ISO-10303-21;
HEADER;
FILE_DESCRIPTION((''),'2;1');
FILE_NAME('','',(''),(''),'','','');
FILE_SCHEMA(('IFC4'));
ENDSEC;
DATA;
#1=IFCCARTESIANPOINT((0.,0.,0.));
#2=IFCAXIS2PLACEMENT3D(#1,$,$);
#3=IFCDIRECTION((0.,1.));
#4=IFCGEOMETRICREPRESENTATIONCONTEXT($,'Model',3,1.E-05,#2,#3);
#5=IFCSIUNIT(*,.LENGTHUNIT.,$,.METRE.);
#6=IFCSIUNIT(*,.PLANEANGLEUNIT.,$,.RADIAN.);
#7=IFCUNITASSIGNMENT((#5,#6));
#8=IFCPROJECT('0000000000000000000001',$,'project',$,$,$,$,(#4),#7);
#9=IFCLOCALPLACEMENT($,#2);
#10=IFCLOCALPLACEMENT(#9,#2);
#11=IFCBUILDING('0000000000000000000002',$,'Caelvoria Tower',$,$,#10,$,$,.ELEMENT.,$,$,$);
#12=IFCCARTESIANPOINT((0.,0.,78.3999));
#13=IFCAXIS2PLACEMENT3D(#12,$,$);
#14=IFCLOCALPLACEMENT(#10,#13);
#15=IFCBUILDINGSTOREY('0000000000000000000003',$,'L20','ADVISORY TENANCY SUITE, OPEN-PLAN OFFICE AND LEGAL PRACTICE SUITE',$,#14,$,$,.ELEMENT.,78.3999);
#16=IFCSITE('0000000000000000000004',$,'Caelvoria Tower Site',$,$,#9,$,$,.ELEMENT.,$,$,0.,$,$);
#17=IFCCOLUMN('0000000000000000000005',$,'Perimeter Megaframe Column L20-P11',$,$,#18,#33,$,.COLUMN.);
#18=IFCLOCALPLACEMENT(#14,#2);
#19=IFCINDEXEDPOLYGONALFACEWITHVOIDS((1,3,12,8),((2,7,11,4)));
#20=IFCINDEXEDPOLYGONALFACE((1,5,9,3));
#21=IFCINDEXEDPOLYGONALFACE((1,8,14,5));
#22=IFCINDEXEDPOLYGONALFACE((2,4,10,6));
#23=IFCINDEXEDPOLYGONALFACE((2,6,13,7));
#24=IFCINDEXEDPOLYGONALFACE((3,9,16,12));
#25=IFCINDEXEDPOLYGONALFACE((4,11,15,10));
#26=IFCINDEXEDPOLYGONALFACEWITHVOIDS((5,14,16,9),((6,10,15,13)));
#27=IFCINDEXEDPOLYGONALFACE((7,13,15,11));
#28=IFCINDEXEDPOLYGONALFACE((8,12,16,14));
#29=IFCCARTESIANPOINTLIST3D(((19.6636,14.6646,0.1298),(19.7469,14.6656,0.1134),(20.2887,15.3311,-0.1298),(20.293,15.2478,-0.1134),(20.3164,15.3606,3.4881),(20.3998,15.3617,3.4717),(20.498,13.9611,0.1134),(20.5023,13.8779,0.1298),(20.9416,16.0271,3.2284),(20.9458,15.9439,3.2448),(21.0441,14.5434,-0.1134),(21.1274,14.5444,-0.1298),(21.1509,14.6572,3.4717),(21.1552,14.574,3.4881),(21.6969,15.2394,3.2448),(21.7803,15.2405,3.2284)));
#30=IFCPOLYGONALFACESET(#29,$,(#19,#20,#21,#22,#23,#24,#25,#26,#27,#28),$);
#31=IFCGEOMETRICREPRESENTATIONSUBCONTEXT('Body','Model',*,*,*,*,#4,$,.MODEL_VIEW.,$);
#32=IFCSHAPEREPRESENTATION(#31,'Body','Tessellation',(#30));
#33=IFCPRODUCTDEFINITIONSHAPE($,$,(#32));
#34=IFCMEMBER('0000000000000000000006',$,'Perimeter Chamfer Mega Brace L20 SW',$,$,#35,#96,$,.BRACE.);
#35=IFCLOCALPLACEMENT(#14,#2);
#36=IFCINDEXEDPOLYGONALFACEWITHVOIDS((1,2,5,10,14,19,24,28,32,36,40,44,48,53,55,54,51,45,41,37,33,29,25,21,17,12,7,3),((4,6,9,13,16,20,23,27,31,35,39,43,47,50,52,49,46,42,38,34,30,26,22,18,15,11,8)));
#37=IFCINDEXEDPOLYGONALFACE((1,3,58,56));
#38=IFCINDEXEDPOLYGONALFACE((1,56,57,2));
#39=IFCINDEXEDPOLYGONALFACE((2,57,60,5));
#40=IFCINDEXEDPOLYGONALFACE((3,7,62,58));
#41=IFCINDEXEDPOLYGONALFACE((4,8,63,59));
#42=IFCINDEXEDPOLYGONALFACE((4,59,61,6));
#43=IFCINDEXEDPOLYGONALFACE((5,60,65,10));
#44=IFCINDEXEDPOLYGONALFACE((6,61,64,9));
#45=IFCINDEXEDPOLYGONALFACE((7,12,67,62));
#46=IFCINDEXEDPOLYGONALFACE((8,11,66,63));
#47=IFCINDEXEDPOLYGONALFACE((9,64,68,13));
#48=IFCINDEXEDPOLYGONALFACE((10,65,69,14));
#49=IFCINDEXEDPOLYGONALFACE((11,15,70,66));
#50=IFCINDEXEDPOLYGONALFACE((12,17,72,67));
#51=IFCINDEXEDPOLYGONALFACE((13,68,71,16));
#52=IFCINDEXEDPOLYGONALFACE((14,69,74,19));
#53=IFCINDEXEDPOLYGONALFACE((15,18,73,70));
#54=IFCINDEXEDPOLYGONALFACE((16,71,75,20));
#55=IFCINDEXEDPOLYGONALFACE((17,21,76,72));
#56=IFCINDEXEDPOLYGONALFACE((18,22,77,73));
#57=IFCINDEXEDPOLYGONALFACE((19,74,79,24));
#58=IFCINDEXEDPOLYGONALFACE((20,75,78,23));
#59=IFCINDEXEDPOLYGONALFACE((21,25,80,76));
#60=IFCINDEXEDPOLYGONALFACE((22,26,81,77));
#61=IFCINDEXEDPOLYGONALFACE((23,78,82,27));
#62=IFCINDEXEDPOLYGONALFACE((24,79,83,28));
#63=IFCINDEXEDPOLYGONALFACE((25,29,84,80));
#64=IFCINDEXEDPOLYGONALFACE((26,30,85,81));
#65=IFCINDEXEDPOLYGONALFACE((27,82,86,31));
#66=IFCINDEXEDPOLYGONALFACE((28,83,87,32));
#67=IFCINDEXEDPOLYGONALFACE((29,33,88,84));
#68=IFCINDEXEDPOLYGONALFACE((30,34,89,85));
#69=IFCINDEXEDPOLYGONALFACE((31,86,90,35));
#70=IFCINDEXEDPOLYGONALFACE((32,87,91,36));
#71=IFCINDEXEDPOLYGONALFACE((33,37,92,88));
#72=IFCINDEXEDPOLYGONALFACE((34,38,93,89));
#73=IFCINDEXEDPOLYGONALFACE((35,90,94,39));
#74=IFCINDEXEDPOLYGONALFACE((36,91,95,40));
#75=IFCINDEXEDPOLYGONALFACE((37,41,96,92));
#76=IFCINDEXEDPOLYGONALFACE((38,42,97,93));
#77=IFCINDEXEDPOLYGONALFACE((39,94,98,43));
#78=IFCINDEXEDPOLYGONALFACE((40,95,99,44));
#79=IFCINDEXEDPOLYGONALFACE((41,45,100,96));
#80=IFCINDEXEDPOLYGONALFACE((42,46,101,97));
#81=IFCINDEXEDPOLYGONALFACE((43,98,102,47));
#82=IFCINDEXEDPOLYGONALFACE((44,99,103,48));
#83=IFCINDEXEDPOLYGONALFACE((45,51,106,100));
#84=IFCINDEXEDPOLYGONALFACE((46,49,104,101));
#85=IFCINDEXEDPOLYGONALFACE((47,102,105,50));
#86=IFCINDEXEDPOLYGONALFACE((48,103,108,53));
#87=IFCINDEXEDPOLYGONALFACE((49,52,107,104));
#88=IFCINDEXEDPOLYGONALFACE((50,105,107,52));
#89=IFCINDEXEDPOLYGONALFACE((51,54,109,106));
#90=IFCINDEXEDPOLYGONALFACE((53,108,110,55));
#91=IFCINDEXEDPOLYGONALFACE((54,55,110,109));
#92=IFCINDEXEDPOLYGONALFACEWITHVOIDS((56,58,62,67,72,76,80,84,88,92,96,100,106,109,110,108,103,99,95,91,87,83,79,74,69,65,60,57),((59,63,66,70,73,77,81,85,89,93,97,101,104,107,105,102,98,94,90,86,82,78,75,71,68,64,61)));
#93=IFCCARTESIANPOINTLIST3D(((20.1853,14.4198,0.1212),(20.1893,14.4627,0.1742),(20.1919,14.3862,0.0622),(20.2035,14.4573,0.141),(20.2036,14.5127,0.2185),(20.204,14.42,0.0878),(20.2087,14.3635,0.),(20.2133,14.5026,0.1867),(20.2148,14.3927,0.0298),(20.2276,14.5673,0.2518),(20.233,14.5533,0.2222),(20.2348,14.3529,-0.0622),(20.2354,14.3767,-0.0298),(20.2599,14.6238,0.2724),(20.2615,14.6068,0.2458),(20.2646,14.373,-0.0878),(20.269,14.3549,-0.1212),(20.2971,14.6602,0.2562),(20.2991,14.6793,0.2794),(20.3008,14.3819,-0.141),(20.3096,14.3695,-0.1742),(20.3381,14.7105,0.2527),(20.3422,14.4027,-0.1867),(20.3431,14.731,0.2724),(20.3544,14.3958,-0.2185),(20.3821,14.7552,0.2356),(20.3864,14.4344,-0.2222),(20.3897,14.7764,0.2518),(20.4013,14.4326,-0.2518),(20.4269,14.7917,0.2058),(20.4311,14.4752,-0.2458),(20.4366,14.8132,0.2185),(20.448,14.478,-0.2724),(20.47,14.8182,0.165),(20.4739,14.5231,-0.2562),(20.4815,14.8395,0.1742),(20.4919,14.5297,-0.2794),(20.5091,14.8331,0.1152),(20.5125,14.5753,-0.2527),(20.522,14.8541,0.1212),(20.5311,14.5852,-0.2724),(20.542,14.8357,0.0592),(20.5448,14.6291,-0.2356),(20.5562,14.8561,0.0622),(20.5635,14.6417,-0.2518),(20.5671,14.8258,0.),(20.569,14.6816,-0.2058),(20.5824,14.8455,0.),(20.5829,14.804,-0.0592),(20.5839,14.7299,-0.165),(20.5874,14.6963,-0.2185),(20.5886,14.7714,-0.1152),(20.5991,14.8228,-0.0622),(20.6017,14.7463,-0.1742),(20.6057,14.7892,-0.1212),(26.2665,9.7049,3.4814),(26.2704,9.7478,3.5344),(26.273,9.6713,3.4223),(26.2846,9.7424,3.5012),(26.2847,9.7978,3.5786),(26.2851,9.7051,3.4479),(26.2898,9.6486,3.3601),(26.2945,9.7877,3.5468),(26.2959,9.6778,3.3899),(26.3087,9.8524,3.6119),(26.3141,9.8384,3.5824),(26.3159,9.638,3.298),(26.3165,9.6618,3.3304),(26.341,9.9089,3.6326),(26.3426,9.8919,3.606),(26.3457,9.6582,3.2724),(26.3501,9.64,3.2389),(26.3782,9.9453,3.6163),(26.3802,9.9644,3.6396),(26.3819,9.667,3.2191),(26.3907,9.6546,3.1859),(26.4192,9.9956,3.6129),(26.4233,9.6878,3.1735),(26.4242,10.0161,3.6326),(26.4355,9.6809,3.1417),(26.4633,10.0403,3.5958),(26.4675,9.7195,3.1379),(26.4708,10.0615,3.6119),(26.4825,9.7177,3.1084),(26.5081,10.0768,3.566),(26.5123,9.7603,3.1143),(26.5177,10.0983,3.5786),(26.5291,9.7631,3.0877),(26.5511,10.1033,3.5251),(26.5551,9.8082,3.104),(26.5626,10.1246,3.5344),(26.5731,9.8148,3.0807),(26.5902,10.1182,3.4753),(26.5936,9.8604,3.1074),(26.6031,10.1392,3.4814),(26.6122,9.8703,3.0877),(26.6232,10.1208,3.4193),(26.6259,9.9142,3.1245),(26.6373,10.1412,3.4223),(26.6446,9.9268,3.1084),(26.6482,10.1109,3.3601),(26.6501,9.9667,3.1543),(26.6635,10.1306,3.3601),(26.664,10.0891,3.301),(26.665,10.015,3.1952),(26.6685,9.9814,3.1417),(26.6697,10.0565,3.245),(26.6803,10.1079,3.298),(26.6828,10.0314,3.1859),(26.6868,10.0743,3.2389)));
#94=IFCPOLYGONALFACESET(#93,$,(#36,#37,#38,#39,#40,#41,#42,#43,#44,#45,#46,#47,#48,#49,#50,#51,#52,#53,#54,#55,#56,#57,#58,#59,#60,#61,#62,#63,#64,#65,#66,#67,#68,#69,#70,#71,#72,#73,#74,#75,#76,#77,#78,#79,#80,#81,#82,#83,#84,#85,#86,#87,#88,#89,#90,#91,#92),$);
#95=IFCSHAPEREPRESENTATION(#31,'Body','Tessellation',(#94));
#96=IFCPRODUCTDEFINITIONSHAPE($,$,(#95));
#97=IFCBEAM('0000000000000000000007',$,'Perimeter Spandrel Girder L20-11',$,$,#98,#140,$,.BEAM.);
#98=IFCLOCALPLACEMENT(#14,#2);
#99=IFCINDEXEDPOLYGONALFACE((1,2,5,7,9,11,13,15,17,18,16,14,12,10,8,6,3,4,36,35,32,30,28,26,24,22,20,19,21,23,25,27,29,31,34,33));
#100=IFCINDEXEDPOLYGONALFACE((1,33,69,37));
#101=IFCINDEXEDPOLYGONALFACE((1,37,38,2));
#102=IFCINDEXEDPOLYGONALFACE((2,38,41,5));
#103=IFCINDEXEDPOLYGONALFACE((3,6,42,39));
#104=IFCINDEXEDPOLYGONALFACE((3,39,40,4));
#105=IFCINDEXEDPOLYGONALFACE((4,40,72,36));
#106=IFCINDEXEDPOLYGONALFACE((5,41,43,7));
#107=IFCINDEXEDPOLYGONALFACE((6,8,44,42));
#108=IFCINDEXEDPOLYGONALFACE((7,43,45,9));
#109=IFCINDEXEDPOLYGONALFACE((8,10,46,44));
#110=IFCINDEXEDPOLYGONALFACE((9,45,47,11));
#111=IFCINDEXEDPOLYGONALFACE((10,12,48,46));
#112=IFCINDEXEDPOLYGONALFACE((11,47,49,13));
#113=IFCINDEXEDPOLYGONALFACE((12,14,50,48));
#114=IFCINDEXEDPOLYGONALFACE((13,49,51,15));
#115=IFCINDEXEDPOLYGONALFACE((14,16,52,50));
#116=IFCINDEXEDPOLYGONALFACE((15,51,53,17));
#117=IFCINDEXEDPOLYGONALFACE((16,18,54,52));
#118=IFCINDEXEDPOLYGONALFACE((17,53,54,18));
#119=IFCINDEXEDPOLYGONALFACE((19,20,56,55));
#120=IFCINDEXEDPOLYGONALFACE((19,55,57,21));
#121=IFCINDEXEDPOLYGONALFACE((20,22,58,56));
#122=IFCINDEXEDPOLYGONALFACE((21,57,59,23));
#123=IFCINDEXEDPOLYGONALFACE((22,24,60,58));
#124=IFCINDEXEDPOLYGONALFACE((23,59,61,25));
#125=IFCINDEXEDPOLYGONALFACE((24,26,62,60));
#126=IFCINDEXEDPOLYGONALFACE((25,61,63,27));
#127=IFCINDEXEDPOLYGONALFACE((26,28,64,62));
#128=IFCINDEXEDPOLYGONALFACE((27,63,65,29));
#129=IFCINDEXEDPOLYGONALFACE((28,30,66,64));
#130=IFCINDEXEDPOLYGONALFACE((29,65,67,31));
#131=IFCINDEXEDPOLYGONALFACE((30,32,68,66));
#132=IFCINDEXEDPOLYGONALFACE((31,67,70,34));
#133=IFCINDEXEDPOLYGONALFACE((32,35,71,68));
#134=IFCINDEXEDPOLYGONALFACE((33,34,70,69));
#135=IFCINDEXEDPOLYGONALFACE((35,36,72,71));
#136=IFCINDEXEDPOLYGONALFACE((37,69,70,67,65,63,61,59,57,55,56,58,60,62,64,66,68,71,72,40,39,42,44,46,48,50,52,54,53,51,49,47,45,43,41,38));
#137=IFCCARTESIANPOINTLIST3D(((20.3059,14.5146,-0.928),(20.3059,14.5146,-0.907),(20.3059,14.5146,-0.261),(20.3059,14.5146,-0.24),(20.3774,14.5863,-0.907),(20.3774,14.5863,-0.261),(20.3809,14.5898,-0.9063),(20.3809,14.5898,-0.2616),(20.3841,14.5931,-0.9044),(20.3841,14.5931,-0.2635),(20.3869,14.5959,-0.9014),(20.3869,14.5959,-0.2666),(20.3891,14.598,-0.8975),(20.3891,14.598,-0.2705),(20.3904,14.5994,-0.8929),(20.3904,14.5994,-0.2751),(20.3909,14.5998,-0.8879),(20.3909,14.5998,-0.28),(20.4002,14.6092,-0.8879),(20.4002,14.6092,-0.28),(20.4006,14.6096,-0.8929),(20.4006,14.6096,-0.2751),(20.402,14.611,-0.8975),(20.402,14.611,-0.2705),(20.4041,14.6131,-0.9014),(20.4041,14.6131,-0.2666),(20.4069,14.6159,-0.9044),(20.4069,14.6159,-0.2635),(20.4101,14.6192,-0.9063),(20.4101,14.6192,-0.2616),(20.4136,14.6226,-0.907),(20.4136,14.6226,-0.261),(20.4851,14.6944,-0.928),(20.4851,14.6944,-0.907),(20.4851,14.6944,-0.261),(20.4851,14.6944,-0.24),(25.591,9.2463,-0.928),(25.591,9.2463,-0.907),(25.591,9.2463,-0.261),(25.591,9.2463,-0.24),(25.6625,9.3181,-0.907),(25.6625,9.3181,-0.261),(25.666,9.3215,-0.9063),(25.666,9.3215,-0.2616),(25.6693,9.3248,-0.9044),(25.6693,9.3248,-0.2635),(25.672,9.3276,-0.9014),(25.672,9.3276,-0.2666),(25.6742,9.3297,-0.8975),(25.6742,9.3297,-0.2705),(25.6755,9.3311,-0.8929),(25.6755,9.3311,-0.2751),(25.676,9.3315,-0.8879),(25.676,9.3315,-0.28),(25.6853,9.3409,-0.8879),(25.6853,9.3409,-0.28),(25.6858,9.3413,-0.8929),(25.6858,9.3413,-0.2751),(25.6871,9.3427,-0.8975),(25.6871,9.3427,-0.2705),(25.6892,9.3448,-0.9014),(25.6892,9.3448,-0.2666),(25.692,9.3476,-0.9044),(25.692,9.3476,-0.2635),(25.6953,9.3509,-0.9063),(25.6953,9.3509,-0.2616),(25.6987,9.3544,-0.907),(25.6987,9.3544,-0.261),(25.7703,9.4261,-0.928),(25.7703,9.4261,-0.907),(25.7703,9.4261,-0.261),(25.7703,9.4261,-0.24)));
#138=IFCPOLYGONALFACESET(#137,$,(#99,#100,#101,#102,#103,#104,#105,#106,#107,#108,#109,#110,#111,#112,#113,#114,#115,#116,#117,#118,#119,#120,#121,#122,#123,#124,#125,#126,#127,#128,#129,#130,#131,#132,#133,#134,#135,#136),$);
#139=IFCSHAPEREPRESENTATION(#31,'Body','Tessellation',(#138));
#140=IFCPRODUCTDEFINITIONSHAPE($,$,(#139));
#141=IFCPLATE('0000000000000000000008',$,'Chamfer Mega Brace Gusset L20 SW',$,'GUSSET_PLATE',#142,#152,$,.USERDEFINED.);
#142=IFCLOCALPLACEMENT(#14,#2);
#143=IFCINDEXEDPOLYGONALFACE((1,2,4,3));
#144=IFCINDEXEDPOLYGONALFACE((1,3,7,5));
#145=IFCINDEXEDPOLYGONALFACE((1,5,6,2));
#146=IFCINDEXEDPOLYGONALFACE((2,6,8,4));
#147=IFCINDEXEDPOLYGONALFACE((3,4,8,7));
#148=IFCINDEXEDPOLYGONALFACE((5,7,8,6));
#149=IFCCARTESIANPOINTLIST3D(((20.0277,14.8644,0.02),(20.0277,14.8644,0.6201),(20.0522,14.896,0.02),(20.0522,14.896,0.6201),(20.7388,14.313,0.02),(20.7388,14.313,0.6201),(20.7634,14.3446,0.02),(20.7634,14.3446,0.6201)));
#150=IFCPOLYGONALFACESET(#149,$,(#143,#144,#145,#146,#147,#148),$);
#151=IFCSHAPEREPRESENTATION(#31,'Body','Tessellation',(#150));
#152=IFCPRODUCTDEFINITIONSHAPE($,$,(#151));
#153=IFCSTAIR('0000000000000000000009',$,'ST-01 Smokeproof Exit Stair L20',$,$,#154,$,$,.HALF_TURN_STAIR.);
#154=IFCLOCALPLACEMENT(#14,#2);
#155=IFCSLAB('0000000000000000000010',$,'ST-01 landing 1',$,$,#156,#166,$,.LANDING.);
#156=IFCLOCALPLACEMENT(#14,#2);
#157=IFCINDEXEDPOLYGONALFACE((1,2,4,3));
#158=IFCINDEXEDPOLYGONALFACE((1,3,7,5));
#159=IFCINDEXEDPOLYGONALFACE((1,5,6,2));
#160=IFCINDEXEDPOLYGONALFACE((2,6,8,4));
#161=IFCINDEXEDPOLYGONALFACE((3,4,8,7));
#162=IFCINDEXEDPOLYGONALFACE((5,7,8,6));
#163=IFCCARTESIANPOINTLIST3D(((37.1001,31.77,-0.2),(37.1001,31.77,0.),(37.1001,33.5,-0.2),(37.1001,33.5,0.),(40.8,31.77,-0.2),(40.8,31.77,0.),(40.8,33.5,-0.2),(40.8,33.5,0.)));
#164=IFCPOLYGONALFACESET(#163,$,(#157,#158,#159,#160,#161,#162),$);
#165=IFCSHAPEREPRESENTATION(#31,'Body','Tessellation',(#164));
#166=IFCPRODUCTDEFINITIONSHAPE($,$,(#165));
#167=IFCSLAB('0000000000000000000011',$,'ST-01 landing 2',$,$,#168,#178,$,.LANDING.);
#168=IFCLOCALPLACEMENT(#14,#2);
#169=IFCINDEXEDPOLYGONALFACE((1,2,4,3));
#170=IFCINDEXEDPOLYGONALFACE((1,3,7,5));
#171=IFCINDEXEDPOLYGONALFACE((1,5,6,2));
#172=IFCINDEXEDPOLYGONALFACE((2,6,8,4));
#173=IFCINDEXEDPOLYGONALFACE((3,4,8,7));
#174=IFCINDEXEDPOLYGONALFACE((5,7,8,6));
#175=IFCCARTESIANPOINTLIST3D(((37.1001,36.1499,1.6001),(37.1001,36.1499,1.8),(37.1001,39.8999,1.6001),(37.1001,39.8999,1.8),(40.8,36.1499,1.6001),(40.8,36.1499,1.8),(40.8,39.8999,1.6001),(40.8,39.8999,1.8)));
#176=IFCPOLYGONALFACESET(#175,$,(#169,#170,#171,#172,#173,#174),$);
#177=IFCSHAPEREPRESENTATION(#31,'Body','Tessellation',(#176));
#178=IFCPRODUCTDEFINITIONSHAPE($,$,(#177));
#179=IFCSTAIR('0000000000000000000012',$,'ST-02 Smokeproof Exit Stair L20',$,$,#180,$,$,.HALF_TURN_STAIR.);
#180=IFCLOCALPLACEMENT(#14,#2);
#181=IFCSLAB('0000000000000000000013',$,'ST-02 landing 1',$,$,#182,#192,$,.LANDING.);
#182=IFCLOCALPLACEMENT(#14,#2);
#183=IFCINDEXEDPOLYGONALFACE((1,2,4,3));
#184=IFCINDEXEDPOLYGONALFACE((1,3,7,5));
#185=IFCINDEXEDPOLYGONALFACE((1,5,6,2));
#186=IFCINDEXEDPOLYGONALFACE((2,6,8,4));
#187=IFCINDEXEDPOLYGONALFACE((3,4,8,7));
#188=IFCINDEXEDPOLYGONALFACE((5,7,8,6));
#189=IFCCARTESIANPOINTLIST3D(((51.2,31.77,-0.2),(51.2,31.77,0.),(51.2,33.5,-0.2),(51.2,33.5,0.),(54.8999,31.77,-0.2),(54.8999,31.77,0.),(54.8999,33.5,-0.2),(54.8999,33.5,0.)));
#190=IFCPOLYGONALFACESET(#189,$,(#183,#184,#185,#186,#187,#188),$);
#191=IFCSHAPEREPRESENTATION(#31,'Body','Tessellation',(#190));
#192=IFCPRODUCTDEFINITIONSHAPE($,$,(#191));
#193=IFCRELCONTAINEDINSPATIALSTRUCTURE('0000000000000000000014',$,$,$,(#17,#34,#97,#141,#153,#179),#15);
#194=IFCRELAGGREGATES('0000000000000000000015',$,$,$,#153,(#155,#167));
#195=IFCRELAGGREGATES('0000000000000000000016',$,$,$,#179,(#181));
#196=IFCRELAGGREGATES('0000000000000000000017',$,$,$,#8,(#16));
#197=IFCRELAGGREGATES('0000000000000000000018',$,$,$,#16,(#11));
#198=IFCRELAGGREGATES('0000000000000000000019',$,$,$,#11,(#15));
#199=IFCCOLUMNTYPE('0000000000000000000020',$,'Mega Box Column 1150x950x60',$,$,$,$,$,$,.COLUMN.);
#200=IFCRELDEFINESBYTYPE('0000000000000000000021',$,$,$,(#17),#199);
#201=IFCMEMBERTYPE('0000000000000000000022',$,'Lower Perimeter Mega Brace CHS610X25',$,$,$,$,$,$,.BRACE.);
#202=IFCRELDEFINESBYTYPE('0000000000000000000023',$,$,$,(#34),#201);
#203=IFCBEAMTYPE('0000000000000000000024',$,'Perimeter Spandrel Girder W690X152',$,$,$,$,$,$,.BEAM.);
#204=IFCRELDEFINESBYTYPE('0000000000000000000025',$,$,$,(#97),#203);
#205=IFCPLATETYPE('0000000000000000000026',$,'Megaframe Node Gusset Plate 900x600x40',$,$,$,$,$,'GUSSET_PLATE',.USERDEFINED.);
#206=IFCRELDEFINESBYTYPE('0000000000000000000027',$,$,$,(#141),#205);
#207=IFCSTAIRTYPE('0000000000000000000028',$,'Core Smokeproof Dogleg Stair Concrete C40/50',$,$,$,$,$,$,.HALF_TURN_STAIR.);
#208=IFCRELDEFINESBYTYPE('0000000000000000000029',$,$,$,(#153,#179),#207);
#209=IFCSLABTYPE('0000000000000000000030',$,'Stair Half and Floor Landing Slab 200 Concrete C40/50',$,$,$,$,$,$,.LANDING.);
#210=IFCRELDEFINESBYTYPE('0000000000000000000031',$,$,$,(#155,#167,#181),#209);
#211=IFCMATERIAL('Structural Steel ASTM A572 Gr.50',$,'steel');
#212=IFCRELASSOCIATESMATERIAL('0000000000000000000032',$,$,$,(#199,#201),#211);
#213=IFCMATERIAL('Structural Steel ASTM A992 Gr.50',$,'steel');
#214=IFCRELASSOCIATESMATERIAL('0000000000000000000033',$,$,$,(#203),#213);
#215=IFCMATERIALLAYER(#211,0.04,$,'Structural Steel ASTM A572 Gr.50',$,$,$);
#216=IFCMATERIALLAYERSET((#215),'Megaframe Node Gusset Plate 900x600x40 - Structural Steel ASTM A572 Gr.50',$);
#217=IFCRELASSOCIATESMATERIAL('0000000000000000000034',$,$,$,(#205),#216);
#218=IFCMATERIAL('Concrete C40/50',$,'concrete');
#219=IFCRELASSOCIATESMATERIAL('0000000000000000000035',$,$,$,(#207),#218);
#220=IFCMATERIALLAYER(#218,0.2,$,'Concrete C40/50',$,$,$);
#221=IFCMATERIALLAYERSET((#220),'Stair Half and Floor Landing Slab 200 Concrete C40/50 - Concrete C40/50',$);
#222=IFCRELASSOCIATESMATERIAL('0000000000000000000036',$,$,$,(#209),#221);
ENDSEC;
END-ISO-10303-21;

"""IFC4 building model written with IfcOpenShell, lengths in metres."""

from ifc_helpers import new_model, si_unit, direction, frame, origin, origin_2d, place, context, subcontext, project, spatial, polyline, rectangle, hollow_rectangle, hollow_circle, i_section, outline, extrude, material, layer, layer_set, material_profile, profile_set, type_object, element, aggregate, save


model = new_model("IFC4")

# Units and contexts
model_context = context("Model", 3, precision=1e-05, world=origin(), true_north=direction((0.0, 1.0)))
body_context = subcontext(model_context, "Body", "Model", "MODEL_VIEW")
ifc_project = project(units=[si_unit("LENGTHUNIT", "METRE"), si_unit("PLANEANGLEUNIT", "RADIAN")], contexts=[model_context])

# Site, building, storey
site_placement = place(None, origin())
site = spatial("IfcSite", under=ifc_project, at=site_placement, Name="Caelvoria Tower Site", CompositionType="ELEMENT", RefElevation=0.0)
building_placement = place(site_placement, origin())
building = spatial("IfcBuilding", under=site, at=building_placement, Name="Caelvoria Tower", CompositionType="ELEMENT")
storey_placement = place(building_placement, frame((0.0, 0.0, 78.3999)))
storey = spatial("IfcBuildingStorey", under=building, at=storey_placement, Name="L20", Description="ADVISORY TENANCY SUITE, OPEN-PLAN OFFICE AND LEGAL PRACTICE SUITE", CompositionType="ELEMENT", Elevation=78.3999)

# Column
ifc_material_1 = material(Name="Structural Steel ASTM A572 Gr.50", Category="steel")
ifc_material_profile_1 = material_profile(ifc_material_1, hollow_rectangle(XDim=0.95, YDim=1.1499, WallThickness=0.0601, at=origin_2d()), Name="Structural Steel ASTM A572 Gr.50")
ifc_profile_set_1 = profile_set([ifc_material_profile_1], Name="BOX1150X950X60 - Structural Steel ASTM A572 Gr.50")
column_type = type_object("IfcColumnType", Name="Mega Box Column 1150x950x60", PredefinedType="COLUMN", material=ifc_profile_set_1)
column_placement = place(storey_placement, frame((20.3955, 14.6045, 0.0), z_axis=(0.186998, 0.199376, 0.961915), x_axis=(-0.658049, -0.701607, 0.273348)))
element("IfcColumn", 1, at=column_placement, inside=storey, type_object=column_type, Name="Perimeter Megaframe Column L20-P11", PredefinedType="COLUMN", context=body_context, shape_type="SweptSolid", body=[
    extrude(hollow_rectangle(XDim=0.95, YDim=1.1499, WallThickness=0.0601, at=origin_2d()), origin(), (0.0, 0.0, 1.0), 3.4912),
])

# Member
ifc_material_profile_2 = material_profile(ifc_material_1, hollow_circle(Radius=0.3049, WallThickness=0.0249, at=origin_2d()), Name="Structural Steel ASTM A572 Gr.50")
ifc_profile_set_2 = profile_set([ifc_material_profile_2], Name="CHS610X25 - Structural Steel ASTM A572 Gr.50")
member_type = type_object("IfcMemberType", Name="Lower Perimeter Mega Brace CHS610X25", PredefinedType="BRACE", material=ifc_profile_set_2)
member_placement = place(storey_placement, frame((20.3955, 14.6045, 0.0), z_axis=(0.724247, -0.561533, 0.400185), x_axis=(0.612736, 0.790288, 0.0)))
element("IfcMember", 2, at=member_placement, inside=storey, type_object=member_type, Name="Perimeter Chamfer Mega Brace L20 SW", PredefinedType="BRACE", context=body_context, shape_type="SweptSolid", body=[
    extrude(hollow_circle(Radius=0.3049, WallThickness=0.0249, at=origin_2d()), origin(), (0.0, 0.0, 1.0), 8.3965),
])

# Beam
ifc_material_2 = material(Name="Structural Steel ASTM A992 Gr.50", Category="steel")
ifc_material_profile_3 = material_profile(ifc_material_2, i_section(OverallWidth=0.2539, OverallDepth=0.688, WebThickness=0.0132, FlangeThickness=0.021, FilletRadius=0.019, at=origin_2d()), Name="Structural Steel ASTM A992 Gr.50")
ifc_profile_set_3 = profile_set([ifc_material_profile_3], Name="W690X152 - Structural Steel ASTM A992 Gr.50")
beam_type = type_object("IfcBeamType", Name="Perimeter Spandrel Girder W690X152", PredefinedType="BEAM", material=ifc_profile_set_3)
beam_placement = place(storey_placement, frame((20.3955, 14.6045, -0.584), z_axis=(0.708235, -0.705977, 0.0), x_axis=(0.705977, 0.708235, 0.0)))
element("IfcBeam", 3, at=beam_placement, inside=storey, type_object=beam_type, Name="Perimeter Spandrel Girder L20-11", PredefinedType="BEAM", context=body_context, shape_type="SweptSolid", body=[
    extrude(i_section(OverallWidth=0.2539, OverallDepth=0.688, WebThickness=0.0132, FlangeThickness=0.021, FilletRadius=0.019, at=origin_2d()), origin(), (0.0, 0.0, 1.0), 7.4624),
])

# Plate
ifc_layer_1 = layer(ifc_material_1, 0.04, Name="Structural Steel ASTM A572 Gr.50")
ifc_layer_set_1 = layer_set([ifc_layer_1], Name="Megaframe Node Gusset Plate 900x600x40 - Structural Steel ASTM A572 Gr.50")
plate_type = type_object("IfcPlateType", Name="Megaframe Node Gusset Plate 900x600x40", ElementType="GUSSET_PLATE", PredefinedType="USERDEFINED", material=ifc_layer_set_1)
plate_placement = place(storey_placement, frame((20.3955, 14.6045, 0.02), z_axis=(0.0, 0.0, 1.0), x_axis=(0.790281, -0.612744, 0.0)))
element("IfcPlate", 4, at=plate_placement, inside=storey, type_object=plate_type, Name="Chamfer Mega Brace Gusset L20 SW", ObjectType="GUSSET_PLATE", PredefinedType="USERDEFINED", context=body_context, shape_type="SweptSolid", body=[
    extrude(rectangle(XDim=0.8999, YDim=0.04, at=origin_2d()), origin(), (0.0, 0.0, 1.0), 0.6001),
])

# Stairs, slabs
ifc_material_3 = material(Name="Concrete C40/50", Category="concrete")
stair_type = type_object("IfcStairType", Name="Core Smokeproof Dogleg Stair Concrete C40/50", PredefinedType="HALF_TURN_STAIR", material=ifc_material_3)
stair_1_placement = place(storey_placement, origin())
stair_1 = element("IfcStair", 5, at=stair_1_placement, inside=storey, type_object=stair_type, Name="ST-01 Smokeproof Exit Stair L20", PredefinedType="HALF_TURN_STAIR")
ifc_layer_2 = layer(ifc_material_3, 0.2, Name="Concrete C40/50")
ifc_layer_set_2 = layer_set([ifc_layer_2], Name="Stair Half and Floor Landing Slab 200 Concrete C40/50 - Concrete C40/50")
slab_type_1 = type_object("IfcSlabType", Name="Stair Half and Floor Landing Slab 200 Concrete C40/50", PredefinedType="LANDING", material=ifc_layer_set_2)
slab_1_placement = place(storey_placement, frame((0.0, 0.0, -0.2)))
slab_1 = element("IfcSlab", 6, at=slab_1_placement, type_object=slab_type_1, Name="ST-01 landing 1", PredefinedType="LANDING", context=body_context, shape_type="SweptSolid", body=[
    extrude(outline(polyline([(37.1001, 31.77), (40.8, 31.77), (40.8, 33.5), (37.1001, 33.5), (37.1001, 31.77)])), origin(), (0.0, 0.0, 1.0), 0.2),
])
slab_2_placement = place(storey_placement, frame((0.0, 0.0, 1.6001)))
slab_2 = element("IfcSlab", 7, at=slab_2_placement, type_object=slab_type_1, Name="ST-01 landing 2", PredefinedType="LANDING", context=body_context, shape_type="SweptSolid", body=[
    extrude(outline(polyline([(37.1001, 36.1499), (40.8, 36.1499), (40.8, 39.8999), (37.1001, 39.8999), (37.1001, 36.1499)])), origin(), (0.0, 0.0, 1.0), 0.2),
])
aggregate(stair_1, [slab_1, slab_2])
stair_2_placement = place(storey_placement, origin())
stair_2 = element("IfcStair", 8, at=stair_2_placement, inside=storey, type_object=stair_type, Name="ST-02 Smokeproof Exit Stair L20", PredefinedType="HALF_TURN_STAIR")
slab_3_placement = place(storey_placement, frame((0.0, 0.0, -0.2)))
slab_3 = element("IfcSlab", 9, at=slab_3_placement, type_object=slab_type_1, Name="ST-02 landing 1", PredefinedType="LANDING", context=body_context, shape_type="SweptSolid", body=[
    extrude(outline(polyline([(51.2, 31.77), (54.8999, 31.77), (54.8999, 33.5), (51.2, 33.5), (51.2, 31.77)])), origin(), (0.0, 0.0, 1.0), 0.2),
])
aggregate(stair_2, [slab_3])

save(model, "model.ifc")
